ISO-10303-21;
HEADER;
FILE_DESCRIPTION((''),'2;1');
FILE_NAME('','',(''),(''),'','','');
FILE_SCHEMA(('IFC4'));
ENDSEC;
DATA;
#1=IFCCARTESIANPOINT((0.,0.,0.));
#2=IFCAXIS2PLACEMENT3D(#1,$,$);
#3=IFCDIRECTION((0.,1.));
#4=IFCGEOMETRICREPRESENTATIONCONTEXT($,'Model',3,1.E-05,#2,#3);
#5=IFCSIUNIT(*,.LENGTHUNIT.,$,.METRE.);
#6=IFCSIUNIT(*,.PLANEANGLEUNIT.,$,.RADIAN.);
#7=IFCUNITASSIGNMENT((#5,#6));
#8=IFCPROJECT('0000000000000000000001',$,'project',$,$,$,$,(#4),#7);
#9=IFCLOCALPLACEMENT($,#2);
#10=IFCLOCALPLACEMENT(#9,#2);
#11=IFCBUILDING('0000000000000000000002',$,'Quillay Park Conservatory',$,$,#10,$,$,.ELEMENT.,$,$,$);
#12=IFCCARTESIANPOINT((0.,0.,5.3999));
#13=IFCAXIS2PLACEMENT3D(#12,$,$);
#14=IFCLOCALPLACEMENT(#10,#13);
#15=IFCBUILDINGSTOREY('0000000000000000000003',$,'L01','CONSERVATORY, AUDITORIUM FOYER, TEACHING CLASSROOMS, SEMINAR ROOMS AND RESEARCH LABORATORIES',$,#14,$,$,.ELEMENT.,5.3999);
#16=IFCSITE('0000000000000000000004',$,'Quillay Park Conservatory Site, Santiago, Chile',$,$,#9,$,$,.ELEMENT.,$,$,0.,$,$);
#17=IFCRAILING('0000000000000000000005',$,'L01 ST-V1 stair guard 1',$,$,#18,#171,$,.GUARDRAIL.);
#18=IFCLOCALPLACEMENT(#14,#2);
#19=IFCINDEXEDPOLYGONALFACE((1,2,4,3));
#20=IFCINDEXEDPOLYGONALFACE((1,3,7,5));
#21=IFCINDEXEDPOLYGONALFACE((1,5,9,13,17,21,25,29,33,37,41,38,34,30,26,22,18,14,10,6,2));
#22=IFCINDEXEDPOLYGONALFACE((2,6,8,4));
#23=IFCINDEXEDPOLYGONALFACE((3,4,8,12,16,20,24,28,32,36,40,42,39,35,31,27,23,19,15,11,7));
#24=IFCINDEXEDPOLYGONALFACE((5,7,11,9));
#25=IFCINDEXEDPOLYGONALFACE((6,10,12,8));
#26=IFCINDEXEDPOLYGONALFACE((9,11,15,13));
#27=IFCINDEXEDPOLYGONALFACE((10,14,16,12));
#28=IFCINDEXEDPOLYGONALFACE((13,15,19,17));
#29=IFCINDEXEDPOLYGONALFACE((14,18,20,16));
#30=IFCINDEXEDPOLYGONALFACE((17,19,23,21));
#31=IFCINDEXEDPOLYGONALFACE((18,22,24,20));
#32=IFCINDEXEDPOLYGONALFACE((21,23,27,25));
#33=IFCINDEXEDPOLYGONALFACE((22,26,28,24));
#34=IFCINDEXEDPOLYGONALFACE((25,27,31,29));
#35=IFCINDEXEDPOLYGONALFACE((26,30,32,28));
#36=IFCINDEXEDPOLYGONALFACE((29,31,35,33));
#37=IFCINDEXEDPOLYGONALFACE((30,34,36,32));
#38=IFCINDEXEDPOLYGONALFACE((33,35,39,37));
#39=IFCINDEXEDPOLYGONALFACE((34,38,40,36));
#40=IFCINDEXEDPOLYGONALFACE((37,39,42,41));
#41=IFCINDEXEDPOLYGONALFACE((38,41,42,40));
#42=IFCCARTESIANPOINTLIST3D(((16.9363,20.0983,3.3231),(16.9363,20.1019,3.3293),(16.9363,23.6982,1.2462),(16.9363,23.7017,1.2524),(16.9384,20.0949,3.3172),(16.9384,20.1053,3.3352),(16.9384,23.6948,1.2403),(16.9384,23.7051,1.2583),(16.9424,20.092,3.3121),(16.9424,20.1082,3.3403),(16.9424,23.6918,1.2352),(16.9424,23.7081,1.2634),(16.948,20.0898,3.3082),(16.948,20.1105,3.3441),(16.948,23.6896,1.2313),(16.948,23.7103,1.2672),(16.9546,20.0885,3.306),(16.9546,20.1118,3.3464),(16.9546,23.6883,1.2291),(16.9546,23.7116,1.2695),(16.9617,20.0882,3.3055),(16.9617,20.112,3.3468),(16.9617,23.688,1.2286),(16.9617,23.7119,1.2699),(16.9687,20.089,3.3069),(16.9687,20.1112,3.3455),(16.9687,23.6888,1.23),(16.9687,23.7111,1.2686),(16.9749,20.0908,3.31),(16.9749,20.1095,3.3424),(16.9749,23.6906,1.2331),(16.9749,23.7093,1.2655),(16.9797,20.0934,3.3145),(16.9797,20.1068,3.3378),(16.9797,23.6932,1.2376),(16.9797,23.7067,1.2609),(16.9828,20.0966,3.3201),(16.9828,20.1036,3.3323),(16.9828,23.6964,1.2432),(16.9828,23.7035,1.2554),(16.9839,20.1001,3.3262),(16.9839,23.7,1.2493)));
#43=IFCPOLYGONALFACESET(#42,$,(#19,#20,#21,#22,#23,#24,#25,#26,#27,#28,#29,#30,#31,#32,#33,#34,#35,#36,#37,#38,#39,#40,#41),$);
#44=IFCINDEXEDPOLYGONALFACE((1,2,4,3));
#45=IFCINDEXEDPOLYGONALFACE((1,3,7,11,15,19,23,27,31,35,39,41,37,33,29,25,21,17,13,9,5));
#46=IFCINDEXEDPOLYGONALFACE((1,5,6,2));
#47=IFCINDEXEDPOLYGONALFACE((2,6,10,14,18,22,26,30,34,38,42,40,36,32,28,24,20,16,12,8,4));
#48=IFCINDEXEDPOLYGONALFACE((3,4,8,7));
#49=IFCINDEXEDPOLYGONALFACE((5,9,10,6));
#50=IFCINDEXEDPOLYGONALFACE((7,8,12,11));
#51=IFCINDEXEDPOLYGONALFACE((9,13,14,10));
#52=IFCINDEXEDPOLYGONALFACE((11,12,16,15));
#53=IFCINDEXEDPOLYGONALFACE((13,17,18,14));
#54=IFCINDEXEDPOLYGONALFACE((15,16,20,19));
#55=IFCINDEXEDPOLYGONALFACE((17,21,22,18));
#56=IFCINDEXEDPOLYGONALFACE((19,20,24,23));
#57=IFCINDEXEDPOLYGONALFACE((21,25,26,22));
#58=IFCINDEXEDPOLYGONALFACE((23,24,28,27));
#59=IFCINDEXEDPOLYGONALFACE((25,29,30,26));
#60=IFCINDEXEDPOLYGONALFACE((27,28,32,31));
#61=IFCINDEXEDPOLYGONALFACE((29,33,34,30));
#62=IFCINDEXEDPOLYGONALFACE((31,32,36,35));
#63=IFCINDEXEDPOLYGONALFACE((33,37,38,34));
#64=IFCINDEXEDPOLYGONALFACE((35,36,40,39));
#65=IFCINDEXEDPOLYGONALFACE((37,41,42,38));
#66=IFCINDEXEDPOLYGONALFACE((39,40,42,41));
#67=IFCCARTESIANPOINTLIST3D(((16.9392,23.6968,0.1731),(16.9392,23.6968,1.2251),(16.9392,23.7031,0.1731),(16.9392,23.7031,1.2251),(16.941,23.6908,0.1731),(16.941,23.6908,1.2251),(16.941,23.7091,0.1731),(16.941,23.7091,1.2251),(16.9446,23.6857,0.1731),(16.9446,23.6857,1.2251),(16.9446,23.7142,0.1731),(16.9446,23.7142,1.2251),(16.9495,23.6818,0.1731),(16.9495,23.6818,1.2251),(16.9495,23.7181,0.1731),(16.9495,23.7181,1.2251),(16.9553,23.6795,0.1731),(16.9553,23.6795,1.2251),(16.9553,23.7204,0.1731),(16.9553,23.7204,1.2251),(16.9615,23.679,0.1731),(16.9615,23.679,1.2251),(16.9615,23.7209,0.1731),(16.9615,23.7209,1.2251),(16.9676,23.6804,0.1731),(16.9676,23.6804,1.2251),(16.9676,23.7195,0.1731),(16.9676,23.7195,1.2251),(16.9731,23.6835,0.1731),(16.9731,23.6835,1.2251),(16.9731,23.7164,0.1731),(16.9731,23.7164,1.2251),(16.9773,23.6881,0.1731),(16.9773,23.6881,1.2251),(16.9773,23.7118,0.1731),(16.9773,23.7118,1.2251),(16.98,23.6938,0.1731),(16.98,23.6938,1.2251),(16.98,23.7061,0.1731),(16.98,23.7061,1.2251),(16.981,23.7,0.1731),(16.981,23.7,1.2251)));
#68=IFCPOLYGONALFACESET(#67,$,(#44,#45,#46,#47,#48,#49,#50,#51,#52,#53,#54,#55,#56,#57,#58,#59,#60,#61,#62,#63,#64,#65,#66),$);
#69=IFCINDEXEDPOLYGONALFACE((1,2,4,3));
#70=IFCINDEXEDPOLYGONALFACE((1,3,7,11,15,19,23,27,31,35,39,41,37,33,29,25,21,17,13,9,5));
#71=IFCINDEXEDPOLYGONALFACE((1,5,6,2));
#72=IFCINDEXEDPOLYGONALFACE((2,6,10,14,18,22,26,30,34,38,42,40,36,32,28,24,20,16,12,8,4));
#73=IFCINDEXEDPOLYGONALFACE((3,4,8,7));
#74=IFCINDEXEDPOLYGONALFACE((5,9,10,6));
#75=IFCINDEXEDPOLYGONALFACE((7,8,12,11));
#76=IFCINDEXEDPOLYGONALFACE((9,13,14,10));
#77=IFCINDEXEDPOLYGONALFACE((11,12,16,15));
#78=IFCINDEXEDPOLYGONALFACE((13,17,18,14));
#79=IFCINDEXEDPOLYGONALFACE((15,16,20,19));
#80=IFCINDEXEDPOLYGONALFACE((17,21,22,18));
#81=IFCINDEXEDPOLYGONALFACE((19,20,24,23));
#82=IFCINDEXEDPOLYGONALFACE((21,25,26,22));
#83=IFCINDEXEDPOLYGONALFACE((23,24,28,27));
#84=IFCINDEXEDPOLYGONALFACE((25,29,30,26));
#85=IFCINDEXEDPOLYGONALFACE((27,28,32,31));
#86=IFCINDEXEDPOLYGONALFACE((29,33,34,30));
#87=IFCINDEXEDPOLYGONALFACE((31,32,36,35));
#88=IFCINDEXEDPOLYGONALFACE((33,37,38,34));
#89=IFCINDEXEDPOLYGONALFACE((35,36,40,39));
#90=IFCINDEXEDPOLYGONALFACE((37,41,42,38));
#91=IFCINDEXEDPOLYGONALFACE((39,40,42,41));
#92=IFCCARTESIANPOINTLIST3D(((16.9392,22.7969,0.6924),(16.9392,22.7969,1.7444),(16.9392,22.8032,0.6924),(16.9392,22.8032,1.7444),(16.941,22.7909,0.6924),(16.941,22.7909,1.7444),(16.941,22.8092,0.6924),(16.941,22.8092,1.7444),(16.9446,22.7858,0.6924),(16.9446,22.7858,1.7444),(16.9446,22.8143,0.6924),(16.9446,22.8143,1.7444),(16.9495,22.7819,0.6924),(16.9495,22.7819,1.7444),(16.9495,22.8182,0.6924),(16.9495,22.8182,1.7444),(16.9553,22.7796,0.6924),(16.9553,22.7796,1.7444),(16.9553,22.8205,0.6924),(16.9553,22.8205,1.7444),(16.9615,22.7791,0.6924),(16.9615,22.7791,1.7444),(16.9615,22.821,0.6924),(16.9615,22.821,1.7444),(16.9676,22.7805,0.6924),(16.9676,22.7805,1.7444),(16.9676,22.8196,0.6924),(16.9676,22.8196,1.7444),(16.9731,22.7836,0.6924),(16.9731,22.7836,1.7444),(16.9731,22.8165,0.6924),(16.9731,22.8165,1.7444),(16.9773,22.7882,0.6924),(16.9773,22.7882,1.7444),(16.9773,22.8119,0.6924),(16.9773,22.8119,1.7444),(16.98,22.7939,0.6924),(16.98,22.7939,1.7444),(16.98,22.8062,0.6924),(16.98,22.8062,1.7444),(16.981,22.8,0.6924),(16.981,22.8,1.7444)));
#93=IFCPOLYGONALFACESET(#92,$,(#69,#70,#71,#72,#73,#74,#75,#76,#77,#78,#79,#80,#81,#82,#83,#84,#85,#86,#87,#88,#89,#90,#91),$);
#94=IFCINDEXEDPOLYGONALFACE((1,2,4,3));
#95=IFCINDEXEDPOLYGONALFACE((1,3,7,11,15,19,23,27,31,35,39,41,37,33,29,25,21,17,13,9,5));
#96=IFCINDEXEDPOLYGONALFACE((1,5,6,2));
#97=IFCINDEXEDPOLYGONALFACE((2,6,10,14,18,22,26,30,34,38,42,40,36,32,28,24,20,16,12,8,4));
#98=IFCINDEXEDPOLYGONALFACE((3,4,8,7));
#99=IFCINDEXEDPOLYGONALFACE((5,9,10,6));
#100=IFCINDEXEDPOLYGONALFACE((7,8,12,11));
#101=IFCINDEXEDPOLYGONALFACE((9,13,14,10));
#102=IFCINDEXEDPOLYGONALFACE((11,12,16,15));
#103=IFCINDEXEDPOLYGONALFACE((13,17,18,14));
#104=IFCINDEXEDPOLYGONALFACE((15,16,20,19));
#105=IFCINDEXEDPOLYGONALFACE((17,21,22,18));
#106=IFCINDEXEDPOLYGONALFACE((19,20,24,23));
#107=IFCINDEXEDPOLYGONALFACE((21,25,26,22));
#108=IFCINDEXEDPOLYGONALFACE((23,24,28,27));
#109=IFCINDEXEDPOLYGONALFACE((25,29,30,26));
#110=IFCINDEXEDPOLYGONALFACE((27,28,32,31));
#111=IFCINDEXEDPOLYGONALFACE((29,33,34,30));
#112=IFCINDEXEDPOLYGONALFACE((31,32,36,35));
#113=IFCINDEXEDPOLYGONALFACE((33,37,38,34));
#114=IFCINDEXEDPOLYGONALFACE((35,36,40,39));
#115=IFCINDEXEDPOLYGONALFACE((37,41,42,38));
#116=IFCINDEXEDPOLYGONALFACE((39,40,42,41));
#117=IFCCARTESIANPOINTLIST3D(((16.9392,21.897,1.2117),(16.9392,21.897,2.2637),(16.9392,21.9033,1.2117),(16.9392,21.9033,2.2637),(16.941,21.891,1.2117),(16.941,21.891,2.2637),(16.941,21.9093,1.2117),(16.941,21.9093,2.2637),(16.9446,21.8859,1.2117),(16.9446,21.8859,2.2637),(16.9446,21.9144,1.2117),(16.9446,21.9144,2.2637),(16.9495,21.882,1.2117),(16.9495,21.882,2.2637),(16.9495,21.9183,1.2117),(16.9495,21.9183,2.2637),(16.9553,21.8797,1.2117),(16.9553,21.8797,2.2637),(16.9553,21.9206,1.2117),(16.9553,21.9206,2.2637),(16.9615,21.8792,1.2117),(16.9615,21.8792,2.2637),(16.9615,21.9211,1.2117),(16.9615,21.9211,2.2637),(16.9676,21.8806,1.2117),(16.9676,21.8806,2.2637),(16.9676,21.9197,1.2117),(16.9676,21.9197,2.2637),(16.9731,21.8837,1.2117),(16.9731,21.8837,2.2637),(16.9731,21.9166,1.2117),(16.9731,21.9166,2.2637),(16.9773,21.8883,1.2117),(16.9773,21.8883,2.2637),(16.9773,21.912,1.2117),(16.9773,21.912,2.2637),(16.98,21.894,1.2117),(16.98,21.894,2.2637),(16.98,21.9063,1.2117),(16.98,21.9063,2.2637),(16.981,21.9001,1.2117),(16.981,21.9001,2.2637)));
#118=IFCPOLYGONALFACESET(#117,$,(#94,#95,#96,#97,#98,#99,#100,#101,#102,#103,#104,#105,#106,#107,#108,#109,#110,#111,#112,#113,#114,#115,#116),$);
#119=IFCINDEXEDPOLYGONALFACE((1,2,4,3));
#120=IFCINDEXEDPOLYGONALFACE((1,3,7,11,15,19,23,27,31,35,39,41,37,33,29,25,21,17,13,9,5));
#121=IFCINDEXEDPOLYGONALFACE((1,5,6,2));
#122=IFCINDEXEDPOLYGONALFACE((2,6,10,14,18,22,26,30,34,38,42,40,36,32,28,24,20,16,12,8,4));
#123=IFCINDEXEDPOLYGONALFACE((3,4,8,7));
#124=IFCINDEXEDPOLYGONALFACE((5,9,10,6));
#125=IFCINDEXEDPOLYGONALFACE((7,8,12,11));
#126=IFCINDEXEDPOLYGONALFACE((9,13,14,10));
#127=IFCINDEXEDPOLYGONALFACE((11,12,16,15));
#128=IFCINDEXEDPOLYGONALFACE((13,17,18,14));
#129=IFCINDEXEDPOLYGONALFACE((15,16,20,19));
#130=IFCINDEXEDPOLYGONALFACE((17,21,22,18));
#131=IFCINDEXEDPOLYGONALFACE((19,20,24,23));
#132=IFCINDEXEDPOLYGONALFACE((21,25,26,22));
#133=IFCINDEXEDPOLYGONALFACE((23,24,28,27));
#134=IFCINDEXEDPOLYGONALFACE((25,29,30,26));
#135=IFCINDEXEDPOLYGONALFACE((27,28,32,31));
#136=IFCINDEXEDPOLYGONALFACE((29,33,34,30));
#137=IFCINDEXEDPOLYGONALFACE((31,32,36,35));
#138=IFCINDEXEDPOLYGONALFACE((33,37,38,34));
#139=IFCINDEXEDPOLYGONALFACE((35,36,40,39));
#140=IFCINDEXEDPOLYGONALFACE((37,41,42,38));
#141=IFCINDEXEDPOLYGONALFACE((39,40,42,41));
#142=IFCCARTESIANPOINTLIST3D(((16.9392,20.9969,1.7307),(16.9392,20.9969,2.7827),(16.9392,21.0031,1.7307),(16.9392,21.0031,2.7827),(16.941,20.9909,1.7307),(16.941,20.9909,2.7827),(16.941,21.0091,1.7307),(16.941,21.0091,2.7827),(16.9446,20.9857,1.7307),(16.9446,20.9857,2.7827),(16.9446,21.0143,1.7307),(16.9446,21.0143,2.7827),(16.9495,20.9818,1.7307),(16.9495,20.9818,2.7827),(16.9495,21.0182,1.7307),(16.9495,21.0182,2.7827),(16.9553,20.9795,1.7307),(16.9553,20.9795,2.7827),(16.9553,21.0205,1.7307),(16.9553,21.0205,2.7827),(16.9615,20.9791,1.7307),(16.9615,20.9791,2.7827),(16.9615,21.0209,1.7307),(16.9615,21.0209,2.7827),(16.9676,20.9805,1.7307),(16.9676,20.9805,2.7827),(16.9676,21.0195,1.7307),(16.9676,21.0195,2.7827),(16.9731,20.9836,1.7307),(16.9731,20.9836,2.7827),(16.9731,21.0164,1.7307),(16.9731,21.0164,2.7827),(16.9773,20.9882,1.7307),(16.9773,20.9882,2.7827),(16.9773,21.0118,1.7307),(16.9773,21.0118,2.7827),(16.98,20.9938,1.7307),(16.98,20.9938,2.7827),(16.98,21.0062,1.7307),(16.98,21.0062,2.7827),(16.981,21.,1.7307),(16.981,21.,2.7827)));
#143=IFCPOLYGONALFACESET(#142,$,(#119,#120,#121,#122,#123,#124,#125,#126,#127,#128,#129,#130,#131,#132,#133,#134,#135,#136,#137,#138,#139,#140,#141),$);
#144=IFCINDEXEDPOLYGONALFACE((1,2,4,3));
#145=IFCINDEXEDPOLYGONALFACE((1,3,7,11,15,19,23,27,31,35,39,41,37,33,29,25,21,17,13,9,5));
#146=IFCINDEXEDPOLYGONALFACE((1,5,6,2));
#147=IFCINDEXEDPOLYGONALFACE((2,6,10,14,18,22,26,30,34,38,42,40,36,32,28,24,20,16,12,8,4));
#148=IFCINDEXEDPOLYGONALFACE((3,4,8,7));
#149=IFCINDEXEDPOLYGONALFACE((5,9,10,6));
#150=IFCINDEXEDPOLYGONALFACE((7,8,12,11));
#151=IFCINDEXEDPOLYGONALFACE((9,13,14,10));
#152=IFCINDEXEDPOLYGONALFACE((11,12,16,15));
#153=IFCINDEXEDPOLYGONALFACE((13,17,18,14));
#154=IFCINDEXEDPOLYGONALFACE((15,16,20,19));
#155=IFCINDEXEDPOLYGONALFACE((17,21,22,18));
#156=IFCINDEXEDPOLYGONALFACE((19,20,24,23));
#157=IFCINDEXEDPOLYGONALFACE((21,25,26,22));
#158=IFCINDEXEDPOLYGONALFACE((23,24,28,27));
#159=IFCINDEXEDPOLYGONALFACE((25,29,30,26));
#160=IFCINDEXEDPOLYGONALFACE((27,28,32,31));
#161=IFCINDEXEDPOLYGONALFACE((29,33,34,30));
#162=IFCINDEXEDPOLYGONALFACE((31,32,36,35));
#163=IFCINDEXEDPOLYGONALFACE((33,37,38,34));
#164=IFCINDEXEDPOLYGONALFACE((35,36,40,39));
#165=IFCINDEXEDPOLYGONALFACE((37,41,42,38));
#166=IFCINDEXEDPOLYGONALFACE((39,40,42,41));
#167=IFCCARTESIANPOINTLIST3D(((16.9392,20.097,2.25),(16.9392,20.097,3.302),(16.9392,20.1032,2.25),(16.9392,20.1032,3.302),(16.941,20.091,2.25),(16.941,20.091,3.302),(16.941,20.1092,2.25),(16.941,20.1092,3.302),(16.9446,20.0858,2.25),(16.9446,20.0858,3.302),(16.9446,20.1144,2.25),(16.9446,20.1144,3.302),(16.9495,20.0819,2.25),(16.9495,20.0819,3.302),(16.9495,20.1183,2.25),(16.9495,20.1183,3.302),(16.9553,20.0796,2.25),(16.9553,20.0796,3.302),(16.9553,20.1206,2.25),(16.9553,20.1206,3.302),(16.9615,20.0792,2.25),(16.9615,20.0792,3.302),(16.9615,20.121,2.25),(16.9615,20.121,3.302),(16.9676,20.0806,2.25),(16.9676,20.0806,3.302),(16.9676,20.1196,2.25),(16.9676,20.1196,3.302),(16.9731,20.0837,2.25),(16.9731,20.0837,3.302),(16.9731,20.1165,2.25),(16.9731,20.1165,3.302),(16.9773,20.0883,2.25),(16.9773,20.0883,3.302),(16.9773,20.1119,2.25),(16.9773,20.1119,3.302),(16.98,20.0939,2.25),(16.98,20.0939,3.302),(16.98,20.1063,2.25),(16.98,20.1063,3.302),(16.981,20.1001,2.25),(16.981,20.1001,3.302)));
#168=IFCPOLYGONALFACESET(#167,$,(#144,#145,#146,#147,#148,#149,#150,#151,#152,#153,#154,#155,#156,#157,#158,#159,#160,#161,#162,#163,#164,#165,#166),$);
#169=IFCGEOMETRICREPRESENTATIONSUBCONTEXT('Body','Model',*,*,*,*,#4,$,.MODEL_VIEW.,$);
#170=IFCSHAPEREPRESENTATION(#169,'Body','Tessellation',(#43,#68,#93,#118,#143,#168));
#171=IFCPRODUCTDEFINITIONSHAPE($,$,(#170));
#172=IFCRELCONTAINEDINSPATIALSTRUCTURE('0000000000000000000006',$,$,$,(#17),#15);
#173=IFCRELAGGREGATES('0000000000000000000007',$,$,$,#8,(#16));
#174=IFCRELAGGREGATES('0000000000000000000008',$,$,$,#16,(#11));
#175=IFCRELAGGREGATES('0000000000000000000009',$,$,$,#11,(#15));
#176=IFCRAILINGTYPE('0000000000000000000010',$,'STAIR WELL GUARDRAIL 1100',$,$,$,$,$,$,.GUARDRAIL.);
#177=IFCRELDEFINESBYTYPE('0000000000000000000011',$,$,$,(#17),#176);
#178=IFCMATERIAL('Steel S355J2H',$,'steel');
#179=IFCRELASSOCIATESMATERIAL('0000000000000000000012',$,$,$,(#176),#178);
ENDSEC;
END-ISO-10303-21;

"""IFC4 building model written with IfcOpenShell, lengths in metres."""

from ifc_helpers import new_model, si_unit, direction, frame, origin, origin_2d, place, context, subcontext, project, spatial, circle, extrude, material, type_object, element, save


model = new_model("IFC4")

# Units and contexts
model_context = context("Model", 3, precision=1e-05, world=origin(), true_north=direction((0.0, 1.0)))
body_context = subcontext(model_context, "Body", "Model", "MODEL_VIEW")
ifc_project = project(units=[si_unit("LENGTHUNIT", "METRE"), si_unit("PLANEANGLEUNIT", "RADIAN")], contexts=[model_context])

# Site, building, storey
site_placement = place(None, origin())
site = spatial("IfcSite", under=ifc_project, at=site_placement, Name="Quillay Park Conservatory Site, Santiago, Chile", CompositionType="ELEMENT", RefElevation=0.0)
building_placement = place(site_placement, origin())
building = spatial("IfcBuilding", under=site, at=building_placement, Name="Quillay Park Conservatory", CompositionType="ELEMENT")
storey_placement = place(building_placement, frame((0.0, 0.0, 5.3999)))
storey = spatial("IfcBuildingStorey", under=building, at=storey_placement, Name="L01", Description="CONSERVATORY, AUDITORIUM FOYER, TEACHING CLASSROOMS, SEMINAR ROOMS AND RESEARCH LABORATORIES", CompositionType="ELEMENT", Elevation=5.3999)

# Railing
ifc_material_1 = material(Name="Steel S355J2H", Category="steel")
railing_type_1 = type_object("IfcRailingType", Name="STAIR WELL GUARDRAIL 1100", PredefinedType="GUARDRAIL", material=ifc_material_1)
railing_1_placement = place(storey_placement, frame((16.96, 23.7, 0.1731)))
element("IfcRailing", 1, at=railing_1_placement, inside=storey, type_object=railing_type_1, Name="L01 ST-V1 stair guard 1", PredefinedType="GUARDRAIL", context=body_context, shape_type="SweptSolid", body=[
    extrude(circle(Radius=0.0239, at=origin_2d()), frame((0.0, 0.0, 1.0762), z_axis=(0.0, -0.866179, 0.499734), x_axis=(1.0, 0.0, 0.0)), (0.0, 0.0, 1.0), 4.156),
    extrude(circle(Radius=0.021, at=origin_2d()), origin(), (0.0, 0.0, 1.0), 1.052),
    extrude(circle(Radius=0.021, at=origin_2d()), frame((0.0, -0.8999, 0.5193)), (0.0, 0.0, 1.0), 1.052),
    extrude(circle(Radius=0.021, at=origin_2d()), frame((0.0, -1.7998, 1.0386)), (0.0, 0.0, 1.0), 1.052),
    extrude(circle(Radius=0.021, at=origin_2d()), frame((0.0, -2.7, 1.5576)), (0.0, 0.0, 1.0), 1.052),
    extrude(circle(Radius=0.021, at=origin_2d()), frame((0.0, -3.5999, 2.0769)), (0.0, 0.0, 1.0), 1.052),
])

save(model, "model.ifc")
